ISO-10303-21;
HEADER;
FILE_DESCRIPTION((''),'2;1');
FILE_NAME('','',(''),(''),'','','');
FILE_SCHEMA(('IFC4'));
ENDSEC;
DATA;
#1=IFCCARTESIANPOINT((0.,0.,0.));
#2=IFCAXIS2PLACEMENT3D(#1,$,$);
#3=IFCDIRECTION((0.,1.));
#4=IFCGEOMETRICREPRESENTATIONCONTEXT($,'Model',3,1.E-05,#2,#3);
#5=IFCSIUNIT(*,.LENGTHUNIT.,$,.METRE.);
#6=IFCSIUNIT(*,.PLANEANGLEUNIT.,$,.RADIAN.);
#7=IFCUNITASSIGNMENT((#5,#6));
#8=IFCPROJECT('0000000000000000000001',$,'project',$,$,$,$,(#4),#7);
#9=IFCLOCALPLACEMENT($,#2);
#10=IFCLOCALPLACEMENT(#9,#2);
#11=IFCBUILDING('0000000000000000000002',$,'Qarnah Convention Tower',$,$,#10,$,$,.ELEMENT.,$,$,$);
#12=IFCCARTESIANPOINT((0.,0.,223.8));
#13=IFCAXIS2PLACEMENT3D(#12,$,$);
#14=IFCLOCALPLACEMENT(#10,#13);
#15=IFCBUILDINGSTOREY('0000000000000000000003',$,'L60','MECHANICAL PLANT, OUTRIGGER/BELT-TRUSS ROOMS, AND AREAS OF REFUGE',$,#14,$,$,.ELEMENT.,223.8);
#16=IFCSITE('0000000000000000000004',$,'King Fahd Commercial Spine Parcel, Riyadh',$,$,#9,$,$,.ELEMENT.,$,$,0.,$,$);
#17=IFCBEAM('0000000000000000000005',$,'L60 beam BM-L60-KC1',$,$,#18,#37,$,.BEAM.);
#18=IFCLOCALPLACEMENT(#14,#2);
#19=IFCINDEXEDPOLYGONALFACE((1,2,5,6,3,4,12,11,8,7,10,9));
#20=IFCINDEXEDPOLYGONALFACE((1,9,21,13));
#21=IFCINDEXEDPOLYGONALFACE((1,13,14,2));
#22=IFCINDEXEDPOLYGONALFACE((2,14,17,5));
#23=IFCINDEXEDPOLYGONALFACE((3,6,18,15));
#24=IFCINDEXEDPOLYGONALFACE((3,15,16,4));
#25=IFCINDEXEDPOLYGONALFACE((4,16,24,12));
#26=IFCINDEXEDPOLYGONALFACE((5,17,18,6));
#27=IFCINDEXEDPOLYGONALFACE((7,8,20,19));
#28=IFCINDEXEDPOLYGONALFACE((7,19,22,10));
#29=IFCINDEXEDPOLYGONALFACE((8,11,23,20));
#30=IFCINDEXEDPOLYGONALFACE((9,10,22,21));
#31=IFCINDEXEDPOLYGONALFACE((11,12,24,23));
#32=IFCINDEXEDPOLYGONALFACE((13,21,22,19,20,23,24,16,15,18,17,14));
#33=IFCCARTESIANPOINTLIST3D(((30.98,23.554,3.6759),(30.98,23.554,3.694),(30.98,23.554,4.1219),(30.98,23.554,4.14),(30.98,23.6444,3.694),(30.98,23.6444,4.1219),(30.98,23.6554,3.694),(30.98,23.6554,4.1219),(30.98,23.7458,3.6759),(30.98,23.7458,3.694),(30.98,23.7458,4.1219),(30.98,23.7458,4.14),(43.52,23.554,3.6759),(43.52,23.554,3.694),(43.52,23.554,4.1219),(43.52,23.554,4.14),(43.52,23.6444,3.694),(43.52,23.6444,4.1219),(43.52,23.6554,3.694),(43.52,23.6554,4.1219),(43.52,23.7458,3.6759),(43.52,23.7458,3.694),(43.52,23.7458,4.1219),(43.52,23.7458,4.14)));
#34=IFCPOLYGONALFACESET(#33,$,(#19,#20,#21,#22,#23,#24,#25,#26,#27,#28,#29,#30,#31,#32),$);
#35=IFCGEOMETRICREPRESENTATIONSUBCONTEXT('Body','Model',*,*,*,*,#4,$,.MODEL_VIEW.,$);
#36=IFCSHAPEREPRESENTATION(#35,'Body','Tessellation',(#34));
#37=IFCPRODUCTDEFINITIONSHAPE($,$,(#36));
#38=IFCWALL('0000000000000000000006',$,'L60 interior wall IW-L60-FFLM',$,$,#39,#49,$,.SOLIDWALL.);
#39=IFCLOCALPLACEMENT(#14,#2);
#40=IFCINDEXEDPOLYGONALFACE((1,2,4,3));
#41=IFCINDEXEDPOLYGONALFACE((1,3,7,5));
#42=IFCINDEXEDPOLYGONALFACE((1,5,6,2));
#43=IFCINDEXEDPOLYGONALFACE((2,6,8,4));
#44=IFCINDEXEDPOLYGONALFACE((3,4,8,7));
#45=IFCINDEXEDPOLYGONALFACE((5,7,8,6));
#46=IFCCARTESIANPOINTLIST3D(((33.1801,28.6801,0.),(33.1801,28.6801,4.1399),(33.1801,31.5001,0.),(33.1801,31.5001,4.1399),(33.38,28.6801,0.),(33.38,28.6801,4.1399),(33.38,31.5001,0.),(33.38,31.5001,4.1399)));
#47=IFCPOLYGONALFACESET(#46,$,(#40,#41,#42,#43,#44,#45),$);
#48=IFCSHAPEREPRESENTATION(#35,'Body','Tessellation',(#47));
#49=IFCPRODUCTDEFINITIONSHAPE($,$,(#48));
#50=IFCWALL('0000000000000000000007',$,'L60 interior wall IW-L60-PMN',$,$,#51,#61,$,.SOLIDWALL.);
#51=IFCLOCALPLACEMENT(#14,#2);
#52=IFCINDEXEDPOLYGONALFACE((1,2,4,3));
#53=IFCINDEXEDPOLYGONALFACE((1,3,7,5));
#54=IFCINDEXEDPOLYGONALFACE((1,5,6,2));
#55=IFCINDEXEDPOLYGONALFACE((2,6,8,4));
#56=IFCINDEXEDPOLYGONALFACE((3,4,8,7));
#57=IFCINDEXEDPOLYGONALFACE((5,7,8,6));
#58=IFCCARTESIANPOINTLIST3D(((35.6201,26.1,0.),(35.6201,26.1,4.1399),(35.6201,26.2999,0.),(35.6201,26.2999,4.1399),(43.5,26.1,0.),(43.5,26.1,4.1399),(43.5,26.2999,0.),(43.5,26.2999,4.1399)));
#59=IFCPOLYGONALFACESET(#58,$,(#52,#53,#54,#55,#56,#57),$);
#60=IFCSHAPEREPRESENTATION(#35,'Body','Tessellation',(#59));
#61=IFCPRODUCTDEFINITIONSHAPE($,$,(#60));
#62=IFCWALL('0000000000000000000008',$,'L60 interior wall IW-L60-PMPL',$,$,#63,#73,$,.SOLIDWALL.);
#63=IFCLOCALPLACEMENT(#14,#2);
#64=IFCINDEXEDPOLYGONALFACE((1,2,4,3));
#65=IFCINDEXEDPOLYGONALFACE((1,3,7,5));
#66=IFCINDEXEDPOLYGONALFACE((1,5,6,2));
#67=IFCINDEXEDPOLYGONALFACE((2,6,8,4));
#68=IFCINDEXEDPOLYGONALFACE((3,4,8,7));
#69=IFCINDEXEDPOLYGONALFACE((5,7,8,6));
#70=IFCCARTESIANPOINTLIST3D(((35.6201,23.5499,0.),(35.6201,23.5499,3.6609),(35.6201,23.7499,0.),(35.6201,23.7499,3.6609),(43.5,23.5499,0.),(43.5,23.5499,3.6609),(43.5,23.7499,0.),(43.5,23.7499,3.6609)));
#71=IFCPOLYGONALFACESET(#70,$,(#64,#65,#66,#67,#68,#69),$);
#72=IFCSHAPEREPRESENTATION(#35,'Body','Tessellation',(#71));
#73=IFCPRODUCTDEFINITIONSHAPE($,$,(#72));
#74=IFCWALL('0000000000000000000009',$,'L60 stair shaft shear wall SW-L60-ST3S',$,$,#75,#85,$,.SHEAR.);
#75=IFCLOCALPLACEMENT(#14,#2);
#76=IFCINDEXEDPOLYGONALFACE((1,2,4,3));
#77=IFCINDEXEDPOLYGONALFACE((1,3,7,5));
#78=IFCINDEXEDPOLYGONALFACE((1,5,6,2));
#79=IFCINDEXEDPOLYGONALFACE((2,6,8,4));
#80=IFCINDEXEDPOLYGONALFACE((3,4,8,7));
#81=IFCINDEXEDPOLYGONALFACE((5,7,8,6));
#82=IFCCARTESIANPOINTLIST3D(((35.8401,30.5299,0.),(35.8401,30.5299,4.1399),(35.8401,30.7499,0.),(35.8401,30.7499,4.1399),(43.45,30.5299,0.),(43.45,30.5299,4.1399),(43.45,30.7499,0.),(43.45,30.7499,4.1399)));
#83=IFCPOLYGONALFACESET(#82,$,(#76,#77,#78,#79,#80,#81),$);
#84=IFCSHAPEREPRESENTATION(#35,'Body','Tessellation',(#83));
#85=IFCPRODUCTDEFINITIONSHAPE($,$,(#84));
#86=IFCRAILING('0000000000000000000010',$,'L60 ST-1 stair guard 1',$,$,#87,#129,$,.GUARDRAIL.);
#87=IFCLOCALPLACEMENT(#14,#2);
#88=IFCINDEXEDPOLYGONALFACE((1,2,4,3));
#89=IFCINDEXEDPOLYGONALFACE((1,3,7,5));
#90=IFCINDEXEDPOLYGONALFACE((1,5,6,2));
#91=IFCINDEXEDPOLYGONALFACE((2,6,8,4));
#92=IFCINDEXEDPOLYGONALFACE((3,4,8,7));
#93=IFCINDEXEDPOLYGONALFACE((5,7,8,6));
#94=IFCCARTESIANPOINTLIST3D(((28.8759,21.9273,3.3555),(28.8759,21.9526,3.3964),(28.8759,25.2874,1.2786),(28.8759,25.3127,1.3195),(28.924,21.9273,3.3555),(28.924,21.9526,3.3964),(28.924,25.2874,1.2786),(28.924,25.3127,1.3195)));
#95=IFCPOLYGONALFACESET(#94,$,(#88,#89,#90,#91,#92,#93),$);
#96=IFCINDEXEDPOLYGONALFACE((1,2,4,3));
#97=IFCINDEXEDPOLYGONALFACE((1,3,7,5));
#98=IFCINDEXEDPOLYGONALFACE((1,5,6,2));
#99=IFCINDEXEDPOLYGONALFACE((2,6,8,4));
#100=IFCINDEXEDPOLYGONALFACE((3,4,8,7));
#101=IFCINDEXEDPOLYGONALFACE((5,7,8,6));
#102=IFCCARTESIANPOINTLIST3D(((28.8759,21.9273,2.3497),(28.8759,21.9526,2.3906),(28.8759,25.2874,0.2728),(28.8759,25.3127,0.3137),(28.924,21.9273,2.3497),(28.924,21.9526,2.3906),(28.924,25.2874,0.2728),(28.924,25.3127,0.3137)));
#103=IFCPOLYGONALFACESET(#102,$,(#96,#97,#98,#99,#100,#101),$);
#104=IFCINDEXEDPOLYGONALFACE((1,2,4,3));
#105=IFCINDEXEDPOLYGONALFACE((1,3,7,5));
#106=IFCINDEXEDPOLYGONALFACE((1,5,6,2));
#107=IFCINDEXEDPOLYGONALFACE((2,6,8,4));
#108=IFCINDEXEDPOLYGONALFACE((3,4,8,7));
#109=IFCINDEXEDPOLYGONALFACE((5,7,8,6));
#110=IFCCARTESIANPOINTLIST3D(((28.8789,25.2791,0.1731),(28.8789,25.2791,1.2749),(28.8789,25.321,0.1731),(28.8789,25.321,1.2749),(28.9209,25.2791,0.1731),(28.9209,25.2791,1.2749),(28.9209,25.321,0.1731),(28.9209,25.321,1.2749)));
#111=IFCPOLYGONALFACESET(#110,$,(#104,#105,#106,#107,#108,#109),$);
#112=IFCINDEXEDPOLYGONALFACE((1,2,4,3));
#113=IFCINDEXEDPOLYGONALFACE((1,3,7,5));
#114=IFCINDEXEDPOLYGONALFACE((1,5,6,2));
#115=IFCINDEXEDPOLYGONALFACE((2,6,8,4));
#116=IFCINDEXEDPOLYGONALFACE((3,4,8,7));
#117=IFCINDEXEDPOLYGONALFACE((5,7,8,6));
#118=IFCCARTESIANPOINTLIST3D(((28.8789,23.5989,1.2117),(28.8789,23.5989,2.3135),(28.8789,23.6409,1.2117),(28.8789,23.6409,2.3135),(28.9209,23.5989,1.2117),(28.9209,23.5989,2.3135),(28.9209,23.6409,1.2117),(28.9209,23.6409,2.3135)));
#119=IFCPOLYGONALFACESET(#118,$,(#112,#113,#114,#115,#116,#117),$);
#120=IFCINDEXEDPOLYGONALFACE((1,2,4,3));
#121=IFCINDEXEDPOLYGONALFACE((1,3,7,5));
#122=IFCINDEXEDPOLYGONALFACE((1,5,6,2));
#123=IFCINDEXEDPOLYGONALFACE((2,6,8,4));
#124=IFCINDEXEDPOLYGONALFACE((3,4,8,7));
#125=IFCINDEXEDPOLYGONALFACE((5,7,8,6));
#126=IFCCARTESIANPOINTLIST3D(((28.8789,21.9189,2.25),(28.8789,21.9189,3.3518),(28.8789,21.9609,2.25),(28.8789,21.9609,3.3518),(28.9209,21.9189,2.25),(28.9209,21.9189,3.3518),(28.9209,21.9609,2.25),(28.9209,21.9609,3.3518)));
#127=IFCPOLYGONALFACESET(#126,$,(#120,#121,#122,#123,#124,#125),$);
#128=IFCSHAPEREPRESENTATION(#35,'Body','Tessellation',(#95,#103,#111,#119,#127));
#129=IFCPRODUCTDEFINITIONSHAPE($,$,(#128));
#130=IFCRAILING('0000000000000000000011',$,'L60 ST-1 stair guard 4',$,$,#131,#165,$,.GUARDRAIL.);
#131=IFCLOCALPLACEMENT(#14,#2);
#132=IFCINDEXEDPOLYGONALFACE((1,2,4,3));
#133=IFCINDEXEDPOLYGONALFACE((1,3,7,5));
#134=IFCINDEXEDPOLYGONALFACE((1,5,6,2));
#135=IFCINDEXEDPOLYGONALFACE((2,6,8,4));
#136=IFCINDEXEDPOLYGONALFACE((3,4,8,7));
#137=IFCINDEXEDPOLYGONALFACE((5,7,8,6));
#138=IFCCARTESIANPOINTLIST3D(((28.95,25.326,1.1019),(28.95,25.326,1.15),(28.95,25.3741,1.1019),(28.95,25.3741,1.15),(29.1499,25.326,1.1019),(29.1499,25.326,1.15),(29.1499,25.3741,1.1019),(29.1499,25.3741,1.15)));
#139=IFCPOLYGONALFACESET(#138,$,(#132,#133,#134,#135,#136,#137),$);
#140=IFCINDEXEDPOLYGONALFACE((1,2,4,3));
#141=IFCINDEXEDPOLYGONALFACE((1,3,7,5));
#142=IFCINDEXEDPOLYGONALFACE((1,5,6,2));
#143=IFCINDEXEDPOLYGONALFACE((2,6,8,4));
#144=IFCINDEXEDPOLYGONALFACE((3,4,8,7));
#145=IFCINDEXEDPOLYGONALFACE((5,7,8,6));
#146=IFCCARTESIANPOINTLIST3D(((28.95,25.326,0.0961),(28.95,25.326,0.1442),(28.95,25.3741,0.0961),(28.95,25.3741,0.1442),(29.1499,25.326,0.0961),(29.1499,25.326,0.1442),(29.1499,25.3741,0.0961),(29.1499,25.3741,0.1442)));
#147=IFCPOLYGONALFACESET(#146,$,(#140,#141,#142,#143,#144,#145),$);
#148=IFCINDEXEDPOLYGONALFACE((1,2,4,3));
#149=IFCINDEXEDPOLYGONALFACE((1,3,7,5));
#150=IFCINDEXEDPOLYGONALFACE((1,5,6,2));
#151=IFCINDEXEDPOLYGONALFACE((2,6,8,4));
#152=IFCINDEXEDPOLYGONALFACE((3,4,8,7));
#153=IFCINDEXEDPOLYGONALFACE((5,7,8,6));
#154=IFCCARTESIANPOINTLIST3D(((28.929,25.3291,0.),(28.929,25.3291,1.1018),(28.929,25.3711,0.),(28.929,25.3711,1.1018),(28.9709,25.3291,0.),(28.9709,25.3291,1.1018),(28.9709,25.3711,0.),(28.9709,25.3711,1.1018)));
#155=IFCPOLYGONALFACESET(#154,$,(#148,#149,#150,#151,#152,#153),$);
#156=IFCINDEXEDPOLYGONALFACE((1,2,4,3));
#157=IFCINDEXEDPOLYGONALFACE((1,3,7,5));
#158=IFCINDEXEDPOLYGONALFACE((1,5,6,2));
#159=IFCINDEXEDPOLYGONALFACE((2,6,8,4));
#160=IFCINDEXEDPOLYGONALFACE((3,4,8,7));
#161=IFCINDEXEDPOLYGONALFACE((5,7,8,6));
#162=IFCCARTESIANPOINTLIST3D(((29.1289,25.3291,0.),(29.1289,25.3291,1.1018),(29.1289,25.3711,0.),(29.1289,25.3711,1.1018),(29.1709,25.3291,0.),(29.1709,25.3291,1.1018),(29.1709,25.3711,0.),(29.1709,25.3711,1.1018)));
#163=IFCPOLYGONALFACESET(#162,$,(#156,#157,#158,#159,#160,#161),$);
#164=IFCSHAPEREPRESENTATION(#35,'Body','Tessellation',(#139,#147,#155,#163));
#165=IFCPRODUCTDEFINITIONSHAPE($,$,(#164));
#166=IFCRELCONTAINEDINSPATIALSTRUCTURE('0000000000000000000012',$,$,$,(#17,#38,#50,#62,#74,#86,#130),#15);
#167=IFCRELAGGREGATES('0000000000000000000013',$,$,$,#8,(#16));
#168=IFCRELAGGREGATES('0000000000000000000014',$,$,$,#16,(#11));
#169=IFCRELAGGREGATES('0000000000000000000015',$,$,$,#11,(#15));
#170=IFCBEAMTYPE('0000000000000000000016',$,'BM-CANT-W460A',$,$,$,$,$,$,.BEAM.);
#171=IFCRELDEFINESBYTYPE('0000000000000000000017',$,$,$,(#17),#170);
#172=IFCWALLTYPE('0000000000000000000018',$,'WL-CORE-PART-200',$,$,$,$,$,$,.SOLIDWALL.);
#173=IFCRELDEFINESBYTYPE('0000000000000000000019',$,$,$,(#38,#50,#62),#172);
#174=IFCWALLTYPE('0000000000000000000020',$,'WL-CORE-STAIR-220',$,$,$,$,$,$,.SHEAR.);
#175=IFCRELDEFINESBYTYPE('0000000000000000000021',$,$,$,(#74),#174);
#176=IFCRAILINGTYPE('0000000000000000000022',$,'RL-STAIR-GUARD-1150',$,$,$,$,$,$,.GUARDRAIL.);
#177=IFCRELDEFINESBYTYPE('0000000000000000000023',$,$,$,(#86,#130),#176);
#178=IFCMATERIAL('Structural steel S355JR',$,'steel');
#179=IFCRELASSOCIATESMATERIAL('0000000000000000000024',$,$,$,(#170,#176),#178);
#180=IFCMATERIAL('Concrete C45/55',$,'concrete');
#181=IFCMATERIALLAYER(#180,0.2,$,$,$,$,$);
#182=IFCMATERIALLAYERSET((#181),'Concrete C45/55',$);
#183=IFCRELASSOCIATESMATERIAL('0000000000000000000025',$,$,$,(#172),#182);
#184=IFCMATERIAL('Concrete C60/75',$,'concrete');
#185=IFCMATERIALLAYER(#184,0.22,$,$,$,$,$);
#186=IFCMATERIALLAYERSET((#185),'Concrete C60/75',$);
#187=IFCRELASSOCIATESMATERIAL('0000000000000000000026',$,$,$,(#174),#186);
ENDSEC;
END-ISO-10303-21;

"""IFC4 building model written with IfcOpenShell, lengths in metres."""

from ifc_helpers import new_model, si_unit, direction, frame, frame_2d, origin, origin_2d, place, context, subcontext, project, spatial, rectangle, i_section, extrude, material, layer, layer_set, material_profile, profile_set, type_object, element, save


model = new_model("IFC4")

# Units and contexts
model_context = context("Model", 3, precision=1e-05, world=origin(), true_north=direction((0.0, 1.0)))
body_context = subcontext(model_context, "Body", "Model", "MODEL_VIEW")
ifc_project = project(units=[si_unit("LENGTHUNIT", "METRE"), si_unit("PLANEANGLEUNIT", "RADIAN")], contexts=[model_context])

# Site, building, storey
site_placement = place(None, origin())
site = spatial("IfcSite", under=ifc_project, at=site_placement, Name="King Fahd Commercial Spine Parcel, Riyadh", CompositionType="ELEMENT", RefElevation=0.0)
building_placement = place(site_placement, origin())
building = spatial("IfcBuilding", under=site, at=building_placement, Name="Qarnah Convention Tower", CompositionType="ELEMENT")
storey_placement = place(building_placement, frame((0.0, 0.0, 223.8)))
storey = spatial("IfcBuildingStorey", under=building, at=storey_placement, Name="L60", Description="MECHANICAL PLANT, OUTRIGGER/BELT-TRUSS ROOMS, AND AREAS OF REFUGE", CompositionType="ELEMENT", Elevation=223.8)

# Beam
ifc_material_1 = material(Name="Structural steel S355JR", Category="steel")
ifc_material_profile = material_profile(ifc_material_1, i_section(OverallWidth=0.1919, OverallDepth=0.4641, WebThickness=0.011, FlangeThickness=0.0181, at=origin_2d()), Name="W460X89")
ifc_profile_set = profile_set([ifc_material_profile], Name="Structural steel S355JR")
beam_type = type_object("IfcBeamType", Name="BM-CANT-W460A", PredefinedType="BEAM", material=ifc_profile_set)
beam_placement = place(storey_placement, frame((30.98, 23.6499, 3.908), z_axis=(1.0, 0.0, 0.0), x_axis=(0.0, 1.0, 0.0)))
element("IfcBeam", 1, at=beam_placement, inside=storey, type_object=beam_type, Name="L60 beam BM-L60-KC1", PredefinedType="BEAM", context=body_context, shape_type="SweptSolid", body=[
    extrude(i_section(OverallWidth=0.1919, OverallDepth=0.4641, WebThickness=0.011, FlangeThickness=0.0181, at=origin_2d()), origin(), (0.0, 0.0, 1.0), 12.54),
])

# Shared definitions
ifc_material_2 = material(Name="Concrete C45/55", Category="concrete")
ifc_layer_1 = layer(ifc_material_2, 0.2)
ifc_layer_set_1 = layer_set([ifc_layer_1], Name="Concrete C45/55")
wall_type_1 = type_object("IfcWallType", Name="WL-CORE-PART-200", PredefinedType="SOLIDWALL", material=ifc_layer_set_1)

# Wall
wall_1_placement = place(storey_placement, frame((33.28, 28.6799, 0.0), z_axis=(0.0, 0.0, 1.0), x_axis=(0.0, 1.0, 0.0)))
element("IfcWall", 2, at=wall_1_placement, inside=storey, type_object=wall_type_1, Name="L60 interior wall IW-L60-FFLM", PredefinedType="SOLIDWALL", context=body_context, shape_type="SweptSolid", body=[
    extrude(rectangle(XDim=2.8201, YDim=0.2, at=frame_2d((1.4102, 0.0))), origin(), (0.0, 0.0, 1.0), 4.1399),
])

# Walls
wall_2_placement = place(storey_placement, frame((35.6201, 26.2, 0.0), z_axis=(0.0, 0.0, 1.0), x_axis=(1.0, 0.0, 0.0)))
element("IfcWall", 3, at=wall_2_placement, inside=storey, type_object=wall_type_1, Name="L60 interior wall IW-L60-PMN", PredefinedType="SOLIDWALL", context=body_context, shape_type="SweptSolid", body=[
    extrude(rectangle(XDim=7.8799, YDim=0.2, at=frame_2d((3.9399, 0.0))), origin(), (0.0, 0.0, 1.0), 4.1399),
])
wall_3_placement = place(storey_placement, frame((35.6201, 23.6499, 0.0), z_axis=(0.0, 0.0, 1.0), x_axis=(1.0, 0.0, 0.0)))
element("IfcWall", 4, at=wall_3_placement, inside=storey, type_object=wall_type_1, Name="L60 interior wall IW-L60-PMPL", PredefinedType="SOLIDWALL", context=body_context, shape_type="SweptSolid", body=[
    extrude(rectangle(XDim=7.8799, YDim=0.2, at=frame_2d((3.9399, 0.0))), origin(), (0.0, 0.0, 1.0), 3.6609),
])
ifc_material_3 = material(Name="Concrete C60/75", Category="concrete")
ifc_layer_2 = layer(ifc_material_3, 0.22)
ifc_layer_set_2 = layer_set([ifc_layer_2], Name="Concrete C60/75")
wall_type_2 = type_object("IfcWallType", Name="WL-CORE-STAIR-220", PredefinedType="SHEAR", material=ifc_layer_set_2)
wall_4_placement = place(storey_placement, frame((35.8401, 30.6399, 0.0), z_axis=(0.0, 0.0, 1.0), x_axis=(1.0, 0.0, 0.0)))
element("IfcWall", 5, at=wall_4_placement, inside=storey, type_object=wall_type_2, Name="L60 stair shaft shear wall SW-L60-ST3S", PredefinedType="SHEAR", context=body_context, shape_type="SweptSolid", body=[
    extrude(rectangle(XDim=7.6099, YDim=0.22, at=frame_2d((3.8049, 0.0))), origin(), (0.0, 0.0, 1.0), 4.1399),
])

# Railings
railing_type = type_object("IfcRailingType", Name="RL-STAIR-GUARD-1150", PredefinedType="GUARDRAIL", material=ifc_material_1)
railing_1_placement = place(storey_placement, frame((28.8999, 25.3, 0.1731)))
element("IfcRailing", 6, at=railing_1_placement, inside=storey, type_object=railing_type, Name="L60 ST-1 stair guard 1", PredefinedType="GUARDRAIL", context=body_context, shape_type="SweptSolid", body=[
    extrude(rectangle(XDim=0.0481, YDim=0.0481, at=origin_2d()), frame((0.0, 0.0, 1.126), z_axis=(0.0, -0.850623, 0.525776), x_axis=(1.0, 0.0, 0.0)), (0.0, 0.0, 1.0), 3.9502),
    extrude(rectangle(XDim=0.0481, YDim=0.0481, at=origin_2d()), frame((0.0, 0.0, 0.1201), z_axis=(0.0, -0.850623, 0.525776), x_axis=(1.0, 0.0, 0.0)), (0.0, 0.0, 1.0), 3.9502),
    extrude(rectangle(XDim=0.042, YDim=0.042, at=origin_2d()), origin(), (0.0, 0.0, 1.0), 1.1018),
    extrude(rectangle(XDim=0.042, YDim=0.042, at=origin_2d()), frame((0.0, -1.6802, 1.0386)), (0.0, 0.0, 1.0), 1.1018),
    extrude(rectangle(XDim=0.042, YDim=0.042, at=origin_2d()), frame((0.0, -3.3601, 2.0769)), (0.0, 0.0, 1.0), 1.1018),
])
railing_2_placement = place(storey_placement, frame((28.95, 25.3501, 0.0)))
element("IfcRailing", 7, at=railing_2_placement, inside=storey, type_object=railing_type, Name="L60 ST-1 stair guard 4", PredefinedType="GUARDRAIL", context=body_context, shape_type="SweptSolid", body=[
    extrude(rectangle(XDim=0.0481, YDim=0.0481, at=origin_2d()), frame((0.0, 0.0, 1.126), z_axis=(1.0, 0.0, 0.0), x_axis=(0.0, 1.0, 0.0)), (0.0, 0.0, 1.0), 0.2),
    extrude(rectangle(XDim=0.0481, YDim=0.0481, at=origin_2d()), frame((0.0, 0.0, 0.1201), z_axis=(1.0, 0.0, 0.0), x_axis=(0.0, 1.0, 0.0)), (0.0, 0.0, 1.0), 0.2),
    extrude(rectangle(XDim=0.042, YDim=0.042, at=origin_2d()), origin(), (0.0, 0.0, 1.0), 1.1018),
    extrude(rectangle(XDim=0.042, YDim=0.042, at=origin_2d()), frame((0.2, 0.0, 0.0)), (0.0, 0.0, 1.0), 1.1018),
])

save(model, "model.ifc")
